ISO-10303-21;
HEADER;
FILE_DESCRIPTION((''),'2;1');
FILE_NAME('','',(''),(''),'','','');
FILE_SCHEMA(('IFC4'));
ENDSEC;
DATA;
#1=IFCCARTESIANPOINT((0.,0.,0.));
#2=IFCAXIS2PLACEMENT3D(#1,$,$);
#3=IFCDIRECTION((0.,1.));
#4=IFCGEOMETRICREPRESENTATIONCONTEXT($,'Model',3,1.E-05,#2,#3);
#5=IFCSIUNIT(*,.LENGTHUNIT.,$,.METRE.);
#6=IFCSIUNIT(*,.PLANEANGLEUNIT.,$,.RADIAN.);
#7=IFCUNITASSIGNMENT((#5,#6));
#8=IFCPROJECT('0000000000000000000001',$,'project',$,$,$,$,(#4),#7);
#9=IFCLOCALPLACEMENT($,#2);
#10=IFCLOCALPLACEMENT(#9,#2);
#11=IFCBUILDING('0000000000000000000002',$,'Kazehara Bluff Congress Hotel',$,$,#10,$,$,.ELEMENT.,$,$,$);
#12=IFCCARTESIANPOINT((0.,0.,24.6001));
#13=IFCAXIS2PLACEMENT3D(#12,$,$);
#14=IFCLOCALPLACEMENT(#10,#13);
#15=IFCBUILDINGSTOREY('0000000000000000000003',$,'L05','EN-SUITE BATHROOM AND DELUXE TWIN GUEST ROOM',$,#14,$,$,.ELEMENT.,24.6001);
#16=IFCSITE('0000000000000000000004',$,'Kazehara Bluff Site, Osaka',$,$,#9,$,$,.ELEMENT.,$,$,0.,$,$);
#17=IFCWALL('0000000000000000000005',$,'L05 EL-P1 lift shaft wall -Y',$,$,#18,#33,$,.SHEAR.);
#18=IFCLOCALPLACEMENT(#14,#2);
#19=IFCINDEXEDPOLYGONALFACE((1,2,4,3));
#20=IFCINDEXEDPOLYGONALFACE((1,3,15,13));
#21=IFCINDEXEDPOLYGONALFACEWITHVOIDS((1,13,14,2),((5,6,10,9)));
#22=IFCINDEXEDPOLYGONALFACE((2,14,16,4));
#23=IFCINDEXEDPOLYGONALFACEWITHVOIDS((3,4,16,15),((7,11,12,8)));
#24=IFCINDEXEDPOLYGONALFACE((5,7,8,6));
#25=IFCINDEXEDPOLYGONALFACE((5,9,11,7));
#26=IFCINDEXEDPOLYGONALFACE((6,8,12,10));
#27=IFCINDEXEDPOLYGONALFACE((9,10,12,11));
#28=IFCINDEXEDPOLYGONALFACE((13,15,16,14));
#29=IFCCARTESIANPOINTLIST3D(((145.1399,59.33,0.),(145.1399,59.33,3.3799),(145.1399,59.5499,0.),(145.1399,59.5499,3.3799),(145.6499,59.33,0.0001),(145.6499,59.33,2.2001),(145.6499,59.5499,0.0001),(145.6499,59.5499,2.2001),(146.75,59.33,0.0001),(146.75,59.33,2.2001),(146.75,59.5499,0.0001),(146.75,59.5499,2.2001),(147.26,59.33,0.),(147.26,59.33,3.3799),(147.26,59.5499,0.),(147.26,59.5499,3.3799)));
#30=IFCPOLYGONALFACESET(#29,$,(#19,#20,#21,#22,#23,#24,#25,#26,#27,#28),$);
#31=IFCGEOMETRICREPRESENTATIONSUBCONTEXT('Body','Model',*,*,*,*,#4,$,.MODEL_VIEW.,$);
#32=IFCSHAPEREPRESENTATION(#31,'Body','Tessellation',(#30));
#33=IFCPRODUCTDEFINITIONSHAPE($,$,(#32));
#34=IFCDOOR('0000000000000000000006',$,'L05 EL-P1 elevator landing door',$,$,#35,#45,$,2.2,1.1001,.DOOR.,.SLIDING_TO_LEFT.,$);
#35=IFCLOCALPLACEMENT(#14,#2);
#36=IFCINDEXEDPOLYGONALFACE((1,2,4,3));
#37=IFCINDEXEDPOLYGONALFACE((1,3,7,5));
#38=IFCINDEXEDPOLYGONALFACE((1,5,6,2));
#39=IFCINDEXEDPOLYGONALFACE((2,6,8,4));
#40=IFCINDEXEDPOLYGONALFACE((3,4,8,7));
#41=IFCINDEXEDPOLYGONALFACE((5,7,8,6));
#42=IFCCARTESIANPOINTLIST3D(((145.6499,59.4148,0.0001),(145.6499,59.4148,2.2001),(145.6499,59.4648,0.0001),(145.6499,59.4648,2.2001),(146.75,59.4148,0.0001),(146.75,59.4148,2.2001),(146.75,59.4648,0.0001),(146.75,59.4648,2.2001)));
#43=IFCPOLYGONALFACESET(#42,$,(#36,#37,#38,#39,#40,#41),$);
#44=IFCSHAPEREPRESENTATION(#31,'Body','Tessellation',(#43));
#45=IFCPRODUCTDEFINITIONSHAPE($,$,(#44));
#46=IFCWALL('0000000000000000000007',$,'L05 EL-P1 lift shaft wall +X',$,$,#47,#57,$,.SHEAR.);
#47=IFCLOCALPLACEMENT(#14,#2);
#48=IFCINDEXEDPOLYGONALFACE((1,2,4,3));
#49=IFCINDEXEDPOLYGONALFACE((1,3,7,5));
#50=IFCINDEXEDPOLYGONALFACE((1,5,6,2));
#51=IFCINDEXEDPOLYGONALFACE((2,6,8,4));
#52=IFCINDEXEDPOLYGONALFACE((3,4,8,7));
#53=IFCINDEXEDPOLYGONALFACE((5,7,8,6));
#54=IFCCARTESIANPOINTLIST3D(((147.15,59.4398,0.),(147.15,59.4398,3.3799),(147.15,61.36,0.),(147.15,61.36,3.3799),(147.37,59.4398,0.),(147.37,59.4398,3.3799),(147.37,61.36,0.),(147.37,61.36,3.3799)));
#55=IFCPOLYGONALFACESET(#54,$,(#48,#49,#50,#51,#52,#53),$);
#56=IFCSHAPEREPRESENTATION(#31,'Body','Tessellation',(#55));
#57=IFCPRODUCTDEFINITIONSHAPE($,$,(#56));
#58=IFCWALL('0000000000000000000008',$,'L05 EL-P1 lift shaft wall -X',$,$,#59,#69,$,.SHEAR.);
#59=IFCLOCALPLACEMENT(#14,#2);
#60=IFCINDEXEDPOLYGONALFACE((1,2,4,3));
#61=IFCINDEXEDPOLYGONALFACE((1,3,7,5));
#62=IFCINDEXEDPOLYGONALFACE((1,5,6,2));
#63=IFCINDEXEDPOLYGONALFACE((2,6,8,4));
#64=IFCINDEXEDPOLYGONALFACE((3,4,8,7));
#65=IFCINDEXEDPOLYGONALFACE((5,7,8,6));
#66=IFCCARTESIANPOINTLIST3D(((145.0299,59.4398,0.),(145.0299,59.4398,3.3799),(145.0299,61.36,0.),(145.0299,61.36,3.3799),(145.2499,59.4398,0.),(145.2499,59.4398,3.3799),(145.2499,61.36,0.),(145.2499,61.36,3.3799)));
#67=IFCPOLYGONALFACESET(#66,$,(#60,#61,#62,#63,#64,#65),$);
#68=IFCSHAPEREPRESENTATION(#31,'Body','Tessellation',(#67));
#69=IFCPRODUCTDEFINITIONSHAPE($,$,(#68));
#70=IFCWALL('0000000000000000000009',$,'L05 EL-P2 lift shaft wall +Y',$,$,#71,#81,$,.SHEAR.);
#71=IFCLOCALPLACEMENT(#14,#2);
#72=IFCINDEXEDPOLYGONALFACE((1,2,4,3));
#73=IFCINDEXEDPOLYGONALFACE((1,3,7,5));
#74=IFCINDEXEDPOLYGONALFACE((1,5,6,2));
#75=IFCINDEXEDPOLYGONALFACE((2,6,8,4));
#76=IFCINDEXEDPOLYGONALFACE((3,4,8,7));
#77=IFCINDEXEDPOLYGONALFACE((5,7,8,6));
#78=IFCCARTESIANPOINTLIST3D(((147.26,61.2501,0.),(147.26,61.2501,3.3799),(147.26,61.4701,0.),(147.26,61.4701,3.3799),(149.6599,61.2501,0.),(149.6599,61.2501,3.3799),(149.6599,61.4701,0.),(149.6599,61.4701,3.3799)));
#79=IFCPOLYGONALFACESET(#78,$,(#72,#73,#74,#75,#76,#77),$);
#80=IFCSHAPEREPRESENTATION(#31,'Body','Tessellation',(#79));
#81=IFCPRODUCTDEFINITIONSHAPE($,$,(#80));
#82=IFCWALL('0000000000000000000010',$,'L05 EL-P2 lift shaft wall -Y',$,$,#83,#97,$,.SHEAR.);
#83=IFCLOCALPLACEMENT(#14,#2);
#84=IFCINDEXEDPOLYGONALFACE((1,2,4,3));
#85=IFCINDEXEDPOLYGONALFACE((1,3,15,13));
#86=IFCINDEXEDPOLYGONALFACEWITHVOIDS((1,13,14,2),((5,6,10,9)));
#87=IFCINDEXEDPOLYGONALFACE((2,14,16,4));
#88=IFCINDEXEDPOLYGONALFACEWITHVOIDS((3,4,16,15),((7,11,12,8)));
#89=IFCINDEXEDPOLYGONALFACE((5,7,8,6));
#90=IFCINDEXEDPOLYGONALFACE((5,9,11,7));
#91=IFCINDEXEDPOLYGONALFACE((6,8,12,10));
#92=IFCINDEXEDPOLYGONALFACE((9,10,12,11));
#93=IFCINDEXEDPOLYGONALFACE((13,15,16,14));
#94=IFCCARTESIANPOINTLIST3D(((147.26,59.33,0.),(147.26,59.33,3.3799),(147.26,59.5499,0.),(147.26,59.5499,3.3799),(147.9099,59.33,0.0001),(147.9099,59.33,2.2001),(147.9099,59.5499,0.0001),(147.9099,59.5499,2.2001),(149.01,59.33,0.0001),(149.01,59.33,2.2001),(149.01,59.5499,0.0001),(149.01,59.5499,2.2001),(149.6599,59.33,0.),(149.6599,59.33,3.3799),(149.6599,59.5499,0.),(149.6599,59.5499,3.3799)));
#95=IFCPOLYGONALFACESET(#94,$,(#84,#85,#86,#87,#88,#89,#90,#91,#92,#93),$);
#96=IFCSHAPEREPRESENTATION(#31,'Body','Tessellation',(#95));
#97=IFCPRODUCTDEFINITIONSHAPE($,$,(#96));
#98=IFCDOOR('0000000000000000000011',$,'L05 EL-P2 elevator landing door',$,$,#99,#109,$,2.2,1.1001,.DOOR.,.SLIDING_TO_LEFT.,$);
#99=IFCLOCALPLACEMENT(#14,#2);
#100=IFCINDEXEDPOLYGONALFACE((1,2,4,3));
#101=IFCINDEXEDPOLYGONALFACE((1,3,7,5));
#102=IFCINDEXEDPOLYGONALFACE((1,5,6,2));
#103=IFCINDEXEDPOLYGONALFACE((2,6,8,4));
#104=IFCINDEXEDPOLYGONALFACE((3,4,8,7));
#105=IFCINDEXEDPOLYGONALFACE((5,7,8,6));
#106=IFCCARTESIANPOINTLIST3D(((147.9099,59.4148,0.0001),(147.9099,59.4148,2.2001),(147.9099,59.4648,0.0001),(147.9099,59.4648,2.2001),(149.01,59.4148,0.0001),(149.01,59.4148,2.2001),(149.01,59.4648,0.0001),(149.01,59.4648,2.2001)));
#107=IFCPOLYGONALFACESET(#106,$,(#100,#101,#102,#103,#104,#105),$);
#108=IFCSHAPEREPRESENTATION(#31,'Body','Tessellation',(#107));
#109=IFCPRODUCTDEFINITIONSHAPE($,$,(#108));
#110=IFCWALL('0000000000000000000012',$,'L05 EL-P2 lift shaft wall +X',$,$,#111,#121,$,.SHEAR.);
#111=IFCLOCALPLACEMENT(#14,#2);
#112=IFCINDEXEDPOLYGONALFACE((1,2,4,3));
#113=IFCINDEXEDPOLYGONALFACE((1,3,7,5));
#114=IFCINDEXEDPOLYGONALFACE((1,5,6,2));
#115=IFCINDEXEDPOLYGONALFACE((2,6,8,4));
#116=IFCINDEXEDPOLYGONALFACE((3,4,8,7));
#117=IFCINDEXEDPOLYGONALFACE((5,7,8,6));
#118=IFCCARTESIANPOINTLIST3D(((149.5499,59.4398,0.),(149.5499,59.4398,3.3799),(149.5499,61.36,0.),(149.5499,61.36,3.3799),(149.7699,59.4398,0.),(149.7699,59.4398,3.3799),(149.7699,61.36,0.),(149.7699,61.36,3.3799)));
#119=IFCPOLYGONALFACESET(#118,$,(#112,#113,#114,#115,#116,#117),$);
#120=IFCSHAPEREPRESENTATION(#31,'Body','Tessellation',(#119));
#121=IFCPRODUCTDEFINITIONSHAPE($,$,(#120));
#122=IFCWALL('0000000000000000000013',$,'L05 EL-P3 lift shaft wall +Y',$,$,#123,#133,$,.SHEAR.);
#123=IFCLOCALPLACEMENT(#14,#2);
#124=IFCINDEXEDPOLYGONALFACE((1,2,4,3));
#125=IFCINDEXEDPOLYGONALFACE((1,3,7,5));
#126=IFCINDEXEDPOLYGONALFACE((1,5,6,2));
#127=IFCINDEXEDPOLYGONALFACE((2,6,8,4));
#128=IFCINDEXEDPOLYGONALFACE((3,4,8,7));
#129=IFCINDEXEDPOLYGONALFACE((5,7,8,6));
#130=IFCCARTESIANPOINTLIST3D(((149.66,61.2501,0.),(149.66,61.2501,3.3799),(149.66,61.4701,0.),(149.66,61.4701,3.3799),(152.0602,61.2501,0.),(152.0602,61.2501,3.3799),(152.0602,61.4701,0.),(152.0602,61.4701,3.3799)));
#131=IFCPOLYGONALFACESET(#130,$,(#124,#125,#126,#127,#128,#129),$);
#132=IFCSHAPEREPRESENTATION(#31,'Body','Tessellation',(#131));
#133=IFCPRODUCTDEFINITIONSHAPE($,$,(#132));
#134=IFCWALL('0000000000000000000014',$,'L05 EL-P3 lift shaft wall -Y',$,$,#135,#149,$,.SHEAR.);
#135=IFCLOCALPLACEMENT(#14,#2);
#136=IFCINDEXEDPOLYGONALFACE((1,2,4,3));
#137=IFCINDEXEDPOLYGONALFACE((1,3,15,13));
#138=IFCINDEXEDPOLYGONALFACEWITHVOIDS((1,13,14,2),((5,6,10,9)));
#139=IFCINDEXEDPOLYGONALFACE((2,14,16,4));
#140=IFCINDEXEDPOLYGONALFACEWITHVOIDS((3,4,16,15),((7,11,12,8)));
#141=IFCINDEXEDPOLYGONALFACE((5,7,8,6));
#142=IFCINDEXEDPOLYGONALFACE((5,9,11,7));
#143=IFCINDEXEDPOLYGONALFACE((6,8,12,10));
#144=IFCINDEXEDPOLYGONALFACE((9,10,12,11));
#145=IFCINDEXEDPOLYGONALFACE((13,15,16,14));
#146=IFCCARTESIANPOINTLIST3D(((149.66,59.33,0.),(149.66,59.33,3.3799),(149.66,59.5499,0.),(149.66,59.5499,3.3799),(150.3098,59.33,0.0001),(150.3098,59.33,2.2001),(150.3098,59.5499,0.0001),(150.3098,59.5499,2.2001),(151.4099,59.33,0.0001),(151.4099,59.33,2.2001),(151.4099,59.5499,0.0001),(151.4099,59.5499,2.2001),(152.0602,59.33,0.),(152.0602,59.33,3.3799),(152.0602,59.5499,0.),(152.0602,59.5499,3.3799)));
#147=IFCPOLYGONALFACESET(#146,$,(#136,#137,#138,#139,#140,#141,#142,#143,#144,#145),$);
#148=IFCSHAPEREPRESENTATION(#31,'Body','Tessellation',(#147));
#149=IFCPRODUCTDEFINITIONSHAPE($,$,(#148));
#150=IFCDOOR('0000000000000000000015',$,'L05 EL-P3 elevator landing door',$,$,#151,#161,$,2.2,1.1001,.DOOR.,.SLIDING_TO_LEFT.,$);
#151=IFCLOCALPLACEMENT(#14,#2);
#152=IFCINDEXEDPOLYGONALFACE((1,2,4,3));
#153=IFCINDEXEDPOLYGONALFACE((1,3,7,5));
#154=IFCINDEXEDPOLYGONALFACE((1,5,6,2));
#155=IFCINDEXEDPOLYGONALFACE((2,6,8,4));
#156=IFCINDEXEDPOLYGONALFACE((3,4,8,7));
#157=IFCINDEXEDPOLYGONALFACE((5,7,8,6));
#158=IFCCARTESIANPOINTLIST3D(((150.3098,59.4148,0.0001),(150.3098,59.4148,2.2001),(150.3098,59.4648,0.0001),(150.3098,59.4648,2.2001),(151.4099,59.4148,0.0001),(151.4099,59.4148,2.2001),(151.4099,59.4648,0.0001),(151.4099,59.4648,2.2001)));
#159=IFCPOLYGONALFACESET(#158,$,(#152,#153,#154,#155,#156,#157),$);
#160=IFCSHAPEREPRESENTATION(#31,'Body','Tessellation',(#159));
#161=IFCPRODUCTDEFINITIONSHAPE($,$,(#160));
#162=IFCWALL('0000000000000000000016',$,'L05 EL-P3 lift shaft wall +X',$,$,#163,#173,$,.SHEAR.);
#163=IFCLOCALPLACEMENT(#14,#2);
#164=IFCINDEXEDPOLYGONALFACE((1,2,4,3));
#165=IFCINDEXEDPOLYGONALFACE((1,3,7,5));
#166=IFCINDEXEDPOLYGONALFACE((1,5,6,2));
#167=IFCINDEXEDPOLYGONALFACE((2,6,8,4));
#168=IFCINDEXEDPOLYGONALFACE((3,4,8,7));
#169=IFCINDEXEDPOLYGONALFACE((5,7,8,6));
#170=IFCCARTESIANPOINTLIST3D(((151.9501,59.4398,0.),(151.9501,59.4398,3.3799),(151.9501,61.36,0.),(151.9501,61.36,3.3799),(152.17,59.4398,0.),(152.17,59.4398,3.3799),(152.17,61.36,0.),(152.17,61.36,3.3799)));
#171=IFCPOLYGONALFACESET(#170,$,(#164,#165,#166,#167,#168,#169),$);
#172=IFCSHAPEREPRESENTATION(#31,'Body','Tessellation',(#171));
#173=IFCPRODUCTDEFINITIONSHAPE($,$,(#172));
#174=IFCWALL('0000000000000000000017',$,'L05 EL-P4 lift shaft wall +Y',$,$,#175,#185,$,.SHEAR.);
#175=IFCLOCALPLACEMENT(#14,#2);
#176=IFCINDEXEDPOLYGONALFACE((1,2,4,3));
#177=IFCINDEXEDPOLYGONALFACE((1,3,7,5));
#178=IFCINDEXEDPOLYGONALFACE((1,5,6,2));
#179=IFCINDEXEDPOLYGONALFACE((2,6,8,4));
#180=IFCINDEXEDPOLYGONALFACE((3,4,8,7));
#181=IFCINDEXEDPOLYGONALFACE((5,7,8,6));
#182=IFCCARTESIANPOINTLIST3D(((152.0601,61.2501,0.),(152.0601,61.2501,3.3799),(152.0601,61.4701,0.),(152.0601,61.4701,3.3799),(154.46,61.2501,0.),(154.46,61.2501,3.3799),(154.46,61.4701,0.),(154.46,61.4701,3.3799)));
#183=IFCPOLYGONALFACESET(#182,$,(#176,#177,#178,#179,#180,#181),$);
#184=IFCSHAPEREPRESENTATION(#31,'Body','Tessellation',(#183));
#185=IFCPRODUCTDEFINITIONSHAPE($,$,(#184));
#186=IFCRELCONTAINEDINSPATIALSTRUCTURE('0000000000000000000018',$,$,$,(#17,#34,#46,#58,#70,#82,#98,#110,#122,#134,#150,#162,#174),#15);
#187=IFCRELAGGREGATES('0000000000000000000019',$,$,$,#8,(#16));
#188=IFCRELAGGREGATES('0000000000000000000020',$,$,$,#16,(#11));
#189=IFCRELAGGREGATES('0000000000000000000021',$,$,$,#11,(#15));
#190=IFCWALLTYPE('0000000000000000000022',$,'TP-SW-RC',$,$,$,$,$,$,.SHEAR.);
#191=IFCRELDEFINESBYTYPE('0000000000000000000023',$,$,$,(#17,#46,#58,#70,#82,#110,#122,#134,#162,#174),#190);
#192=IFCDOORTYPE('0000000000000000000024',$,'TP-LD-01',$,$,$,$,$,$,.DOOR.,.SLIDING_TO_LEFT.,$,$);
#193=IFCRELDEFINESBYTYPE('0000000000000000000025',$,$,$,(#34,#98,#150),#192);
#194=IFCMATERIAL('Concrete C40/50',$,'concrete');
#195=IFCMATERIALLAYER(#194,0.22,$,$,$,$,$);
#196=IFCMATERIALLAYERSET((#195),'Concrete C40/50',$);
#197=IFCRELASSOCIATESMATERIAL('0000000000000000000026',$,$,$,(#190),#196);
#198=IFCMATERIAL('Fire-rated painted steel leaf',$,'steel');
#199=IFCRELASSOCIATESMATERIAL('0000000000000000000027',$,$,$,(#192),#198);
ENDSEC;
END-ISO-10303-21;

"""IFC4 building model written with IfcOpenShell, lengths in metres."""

from ifc_helpers import new_model, si_unit, direction, frame, frame_2d, origin, place, context, subcontext, project, spatial, rectangle, extrude, material, layer, layer_set, type_object, element, fill, save


model = new_model("IFC4")

# Units and contexts
model_context = context("Model", 3, precision=1e-05, world=origin(), true_north=direction((0.0, 1.0)))
body_context = subcontext(model_context, "Body", "Model", "MODEL_VIEW")
ifc_project = project(units=[si_unit("LENGTHUNIT", "METRE"), si_unit("PLANEANGLEUNIT", "RADIAN")], contexts=[model_context])

# Site, building, storey
site_placement = place(None, origin())
site = spatial("IfcSite", under=ifc_project, at=site_placement, Name="Kazehara Bluff Site, Osaka", CompositionType="ELEMENT", RefElevation=0.0)
building_placement = place(site_placement, origin())
building = spatial("IfcBuilding", under=site, at=building_placement, Name="Kazehara Bluff Congress Hotel", CompositionType="ELEMENT")
storey_placement = place(building_placement, frame((0.0, 0.0, 24.6001)))
storey = spatial("IfcBuildingStorey", under=building, at=storey_placement, Name="L05", Description="EN-SUITE BATHROOM AND DELUXE TWIN GUEST ROOM", CompositionType="ELEMENT", Elevation=24.6001)

# Shared definitions
ifc_material_1 = material(Name="Concrete C40/50", Category="concrete")
ifc_layer_1 = layer(ifc_material_1, 0.22)
ifc_layer_set_1 = layer_set([ifc_layer_1], Name="Concrete C40/50")
wall_type_1 = type_object("IfcWallType", Name="TP-SW-RC", PredefinedType="SHEAR", material=ifc_layer_set_1)

# Wall, opening, door
wall_1_placement = place(storey_placement, frame((145.1399, 59.4399, 0.0), z_axis=(0.0, 0.0, 1.0), x_axis=(1.0, 0.0, 0.0)))
wall_1 = element("IfcWall", 1, at=wall_1_placement, inside=storey, type_object=wall_type_1, Name="L05 EL-P1 lift shaft wall -Y", PredefinedType="SHEAR", context=body_context, shape_type="SweptSolid", body=[
    extrude(rectangle(XDim=2.1201, YDim=0.22, at=frame_2d((1.0601, 0.0))), origin(), (0.0, 0.0, 1.0), 3.3799),
])
opening_1_placement = place(wall_1_placement, frame((0.51, 0.0, 0.0)))
opening_1 = element("IfcOpeningElement", 2, at=opening_1_placement, cuts=wall_1, PredefinedType="OPENING", context=body_context, shape_type="SweptSolid", body=[
    extrude(rectangle(XDim=1.1001, YDim=2.2, at=frame_2d((0.55, 1.1001))), frame((0.0, 0.1199, 0.0), z_axis=(0.0, -1.0, 0.0), x_axis=(1.0, 0.0, 0.0)), (0.0, 0.0, 1.0), 0.24),
])
ifc_material_2 = material(Name="Fire-rated painted steel leaf", Category="steel")
door_type_1 = type_object("IfcDoorType", Name="TP-LD-01", OperationType="SLIDING_TO_LEFT", PredefinedType="DOOR", material=ifc_material_2)
door_1_placement = place(opening_1_placement, origin())
door_1 = element("IfcDoor", 3, at=door_1_placement, inside=storey, type_object=door_type_1, Name="L05 EL-P1 elevator landing door", OperationType="SLIDING_TO_LEFT", OverallHeight=2.2, OverallWidth=1.1001, PredefinedType="DOOR", context=body_context, shape_type="SweptSolid", body=[
    extrude(rectangle(XDim=1.1001, YDim=2.2, at=frame_2d((0.55, 1.1001))), frame((0.0, 0.0249, 0.0), z_axis=(0.0, -1.0, 0.0), x_axis=(1.0, 0.0, 0.0)), (0.0, 0.0, 1.0), 0.05),
])
fill(opening_1, door_1)

# Walls
for number, where, z_axis, x_axis, name in (
    (4, (147.26, 59.4399, 0.0), (0.0, 0.0, 1.0), (0.0, 1.0, 0.0), "L05 EL-P1 lift shaft wall +X"),
    (5, (145.1399, 59.4399, 0.0), (0.0, 0.0, 1.0), (0.0, 1.0, 0.0), "L05 EL-P1 lift shaft wall -X"),
):
    element("IfcWall", number, at=place(storey_placement, frame(where, z_axis=z_axis, x_axis=x_axis)), inside=storey, type_object=wall_type_1, Name=name, PredefinedType="SHEAR", context=body_context, shape_type="SweptSolid", body=[
        extrude(rectangle(XDim=1.9202, YDim=0.22, at=frame_2d((0.96, 0.0))), origin(), (0.0, 0.0, 1.0), 3.3799),
    ])
wall_2_placement = place(storey_placement, frame((147.26, 61.3601, 0.0), z_axis=(0.0, 0.0, 1.0), x_axis=(1.0, 0.0, 0.0)))
element("IfcWall", 6, at=wall_2_placement, inside=storey, type_object=wall_type_1, Name="L05 EL-P2 lift shaft wall +Y", PredefinedType="SHEAR", context=body_context, shape_type="SweptSolid", body=[
    extrude(rectangle(XDim=2.3999, YDim=0.22, at=frame_2d((1.2, 0.0))), origin(), (0.0, 0.0, 1.0), 3.3799),
])

# Wall, opening, door
wall_3_placement = place(storey_placement, frame((147.26, 59.4399, 0.0), z_axis=(0.0, 0.0, 1.0), x_axis=(1.0, 0.0, 0.0)))
wall_3 = element("IfcWall", 7, at=wall_3_placement, inside=storey, type_object=wall_type_1, Name="L05 EL-P2 lift shaft wall -Y", PredefinedType="SHEAR", context=body_context, shape_type="SweptSolid", body=[
    extrude(rectangle(XDim=2.3999, YDim=0.22, at=frame_2d((1.2, 0.0))), origin(), (0.0, 0.0, 1.0), 3.3799),
])
opening_2_placement = place(wall_3_placement, frame((0.6499, 0.0, 0.0)))
opening_2 = element("IfcOpeningElement", 8, at=opening_2_placement, cuts=wall_3, PredefinedType="OPENING", context=body_context, shape_type="SweptSolid", body=[
    extrude(rectangle(XDim=1.1001, YDim=2.2, at=frame_2d((0.55, 1.1001))), frame((0.0, 0.1199, 0.0), z_axis=(0.0, -1.0, 0.0), x_axis=(1.0, 0.0, 0.0)), (0.0, 0.0, 1.0), 0.24),
])
door_2_placement = place(opening_2_placement, origin())
door_2 = element("IfcDoor", 9, at=door_2_placement, inside=storey, type_object=door_type_1, Name="L05 EL-P2 elevator landing door", OperationType="SLIDING_TO_LEFT", OverallHeight=2.2, OverallWidth=1.1001, PredefinedType="DOOR", context=body_context, shape_type="SweptSolid", body=[
    extrude(rectangle(XDim=1.1001, YDim=2.2, at=frame_2d((0.55, 1.1001))), frame((0.0, 0.0249, 0.0), z_axis=(0.0, -1.0, 0.0), x_axis=(1.0, 0.0, 0.0)), (0.0, 0.0, 1.0), 0.05),
])
fill(opening_2, door_2)

# Walls
wall_4_placement = place(storey_placement, frame((149.6599, 59.4399, 0.0), z_axis=(0.0, 0.0, 1.0), x_axis=(0.0, 1.0, 0.0)))
element("IfcWall", 10, at=wall_4_placement, inside=storey, type_object=wall_type_1, Name="L05 EL-P2 lift shaft wall +X", PredefinedType="SHEAR", context=body_context, shape_type="SweptSolid", body=[
    extrude(rectangle(XDim=1.9202, YDim=0.22, at=frame_2d((0.96, 0.0))), origin(), (0.0, 0.0, 1.0), 3.3799),
])
wall_5_placement = place(storey_placement, frame((149.6599, 61.3601, 0.0), z_axis=(0.0, 0.0, 1.0), x_axis=(1.0, 0.0, 0.0)))
element("IfcWall", 11, at=wall_5_placement, inside=storey, type_object=wall_type_1, Name="L05 EL-P3 lift shaft wall +Y", PredefinedType="SHEAR", context=body_context, shape_type="SweptSolid", body=[
    extrude(rectangle(XDim=2.4001, YDim=0.22, at=frame_2d((1.2002, 0.0))), origin(), (0.0, 0.0, 1.0), 3.3799),
])

# Wall, opening, door
wall_6_placement = place(storey_placement, frame((149.6599, 59.4399, 0.0), z_axis=(0.0, 0.0, 1.0), x_axis=(1.0, 0.0, 0.0)))
wall_6 = element("IfcWall", 12, at=wall_6_placement, inside=storey, type_object=wall_type_1, Name="L05 EL-P3 lift shaft wall -Y", PredefinedType="SHEAR", context=body_context, shape_type="SweptSolid", body=[
    extrude(rectangle(XDim=2.4001, YDim=0.22, at=frame_2d((1.2002, 0.0))), origin(), (0.0, 0.0, 1.0), 3.3799),
])
opening_3_placement = place(wall_6_placement, frame((0.6499, 0.0, 0.0)))
opening_3 = element("IfcOpeningElement", 13, at=opening_3_placement, cuts=wall_6, PredefinedType="OPENING", context=body_context, shape_type="SweptSolid", body=[
    extrude(rectangle(XDim=1.1001, YDim=2.2, at=frame_2d((0.55, 1.1001))), frame((0.0, 0.1199, 0.0), z_axis=(0.0, -1.0, 0.0), x_axis=(1.0, 0.0, 0.0)), (0.0, 0.0, 1.0), 0.24),
])
door_3_placement = place(opening_3_placement, origin())
door_3 = element("IfcDoor", 14, at=door_3_placement, inside=storey, type_object=door_type_1, Name="L05 EL-P3 elevator landing door", OperationType="SLIDING_TO_LEFT", OverallHeight=2.2, OverallWidth=1.1001, PredefinedType="DOOR", context=body_context, shape_type="SweptSolid", body=[
    extrude(rectangle(XDim=1.1001, YDim=2.2, at=frame_2d((0.55, 1.1001))), frame((0.0, 0.0249, 0.0), z_axis=(0.0, -1.0, 0.0), x_axis=(1.0, 0.0, 0.0)), (0.0, 0.0, 1.0), 0.05),
])
fill(opening_3, door_3)

# Walls
wall_7_placement = place(storey_placement, frame((152.0601, 59.4399, 0.0), z_axis=(0.0, 0.0, 1.0), x_axis=(0.0, 1.0, 0.0)))
element("IfcWall", 15, at=wall_7_placement, inside=storey, type_object=wall_type_1, Name="L05 EL-P3 lift shaft wall +X", PredefinedType="SHEAR", context=body_context, shape_type="SweptSolid", body=[
    extrude(rectangle(XDim=1.9202, YDim=0.22, at=frame_2d((0.96, 0.0))), origin(), (0.0, 0.0, 1.0), 3.3799),
])
wall_8_placement = place(storey_placement, frame((152.0601, 61.3601, 0.0), z_axis=(0.0, 0.0, 1.0), x_axis=(1.0, 0.0, 0.0)))
element("IfcWall", 16, at=wall_8_placement, inside=storey, type_object=wall_type_1, Name="L05 EL-P4 lift shaft wall +Y", PredefinedType="SHEAR", context=body_context, shape_type="SweptSolid", body=[
    extrude(rectangle(XDim=2.3999, YDim=0.22, at=frame_2d((1.2, 0.0))), origin(), (0.0, 0.0, 1.0), 3.3799),
])

save(model, "model.ifc")
